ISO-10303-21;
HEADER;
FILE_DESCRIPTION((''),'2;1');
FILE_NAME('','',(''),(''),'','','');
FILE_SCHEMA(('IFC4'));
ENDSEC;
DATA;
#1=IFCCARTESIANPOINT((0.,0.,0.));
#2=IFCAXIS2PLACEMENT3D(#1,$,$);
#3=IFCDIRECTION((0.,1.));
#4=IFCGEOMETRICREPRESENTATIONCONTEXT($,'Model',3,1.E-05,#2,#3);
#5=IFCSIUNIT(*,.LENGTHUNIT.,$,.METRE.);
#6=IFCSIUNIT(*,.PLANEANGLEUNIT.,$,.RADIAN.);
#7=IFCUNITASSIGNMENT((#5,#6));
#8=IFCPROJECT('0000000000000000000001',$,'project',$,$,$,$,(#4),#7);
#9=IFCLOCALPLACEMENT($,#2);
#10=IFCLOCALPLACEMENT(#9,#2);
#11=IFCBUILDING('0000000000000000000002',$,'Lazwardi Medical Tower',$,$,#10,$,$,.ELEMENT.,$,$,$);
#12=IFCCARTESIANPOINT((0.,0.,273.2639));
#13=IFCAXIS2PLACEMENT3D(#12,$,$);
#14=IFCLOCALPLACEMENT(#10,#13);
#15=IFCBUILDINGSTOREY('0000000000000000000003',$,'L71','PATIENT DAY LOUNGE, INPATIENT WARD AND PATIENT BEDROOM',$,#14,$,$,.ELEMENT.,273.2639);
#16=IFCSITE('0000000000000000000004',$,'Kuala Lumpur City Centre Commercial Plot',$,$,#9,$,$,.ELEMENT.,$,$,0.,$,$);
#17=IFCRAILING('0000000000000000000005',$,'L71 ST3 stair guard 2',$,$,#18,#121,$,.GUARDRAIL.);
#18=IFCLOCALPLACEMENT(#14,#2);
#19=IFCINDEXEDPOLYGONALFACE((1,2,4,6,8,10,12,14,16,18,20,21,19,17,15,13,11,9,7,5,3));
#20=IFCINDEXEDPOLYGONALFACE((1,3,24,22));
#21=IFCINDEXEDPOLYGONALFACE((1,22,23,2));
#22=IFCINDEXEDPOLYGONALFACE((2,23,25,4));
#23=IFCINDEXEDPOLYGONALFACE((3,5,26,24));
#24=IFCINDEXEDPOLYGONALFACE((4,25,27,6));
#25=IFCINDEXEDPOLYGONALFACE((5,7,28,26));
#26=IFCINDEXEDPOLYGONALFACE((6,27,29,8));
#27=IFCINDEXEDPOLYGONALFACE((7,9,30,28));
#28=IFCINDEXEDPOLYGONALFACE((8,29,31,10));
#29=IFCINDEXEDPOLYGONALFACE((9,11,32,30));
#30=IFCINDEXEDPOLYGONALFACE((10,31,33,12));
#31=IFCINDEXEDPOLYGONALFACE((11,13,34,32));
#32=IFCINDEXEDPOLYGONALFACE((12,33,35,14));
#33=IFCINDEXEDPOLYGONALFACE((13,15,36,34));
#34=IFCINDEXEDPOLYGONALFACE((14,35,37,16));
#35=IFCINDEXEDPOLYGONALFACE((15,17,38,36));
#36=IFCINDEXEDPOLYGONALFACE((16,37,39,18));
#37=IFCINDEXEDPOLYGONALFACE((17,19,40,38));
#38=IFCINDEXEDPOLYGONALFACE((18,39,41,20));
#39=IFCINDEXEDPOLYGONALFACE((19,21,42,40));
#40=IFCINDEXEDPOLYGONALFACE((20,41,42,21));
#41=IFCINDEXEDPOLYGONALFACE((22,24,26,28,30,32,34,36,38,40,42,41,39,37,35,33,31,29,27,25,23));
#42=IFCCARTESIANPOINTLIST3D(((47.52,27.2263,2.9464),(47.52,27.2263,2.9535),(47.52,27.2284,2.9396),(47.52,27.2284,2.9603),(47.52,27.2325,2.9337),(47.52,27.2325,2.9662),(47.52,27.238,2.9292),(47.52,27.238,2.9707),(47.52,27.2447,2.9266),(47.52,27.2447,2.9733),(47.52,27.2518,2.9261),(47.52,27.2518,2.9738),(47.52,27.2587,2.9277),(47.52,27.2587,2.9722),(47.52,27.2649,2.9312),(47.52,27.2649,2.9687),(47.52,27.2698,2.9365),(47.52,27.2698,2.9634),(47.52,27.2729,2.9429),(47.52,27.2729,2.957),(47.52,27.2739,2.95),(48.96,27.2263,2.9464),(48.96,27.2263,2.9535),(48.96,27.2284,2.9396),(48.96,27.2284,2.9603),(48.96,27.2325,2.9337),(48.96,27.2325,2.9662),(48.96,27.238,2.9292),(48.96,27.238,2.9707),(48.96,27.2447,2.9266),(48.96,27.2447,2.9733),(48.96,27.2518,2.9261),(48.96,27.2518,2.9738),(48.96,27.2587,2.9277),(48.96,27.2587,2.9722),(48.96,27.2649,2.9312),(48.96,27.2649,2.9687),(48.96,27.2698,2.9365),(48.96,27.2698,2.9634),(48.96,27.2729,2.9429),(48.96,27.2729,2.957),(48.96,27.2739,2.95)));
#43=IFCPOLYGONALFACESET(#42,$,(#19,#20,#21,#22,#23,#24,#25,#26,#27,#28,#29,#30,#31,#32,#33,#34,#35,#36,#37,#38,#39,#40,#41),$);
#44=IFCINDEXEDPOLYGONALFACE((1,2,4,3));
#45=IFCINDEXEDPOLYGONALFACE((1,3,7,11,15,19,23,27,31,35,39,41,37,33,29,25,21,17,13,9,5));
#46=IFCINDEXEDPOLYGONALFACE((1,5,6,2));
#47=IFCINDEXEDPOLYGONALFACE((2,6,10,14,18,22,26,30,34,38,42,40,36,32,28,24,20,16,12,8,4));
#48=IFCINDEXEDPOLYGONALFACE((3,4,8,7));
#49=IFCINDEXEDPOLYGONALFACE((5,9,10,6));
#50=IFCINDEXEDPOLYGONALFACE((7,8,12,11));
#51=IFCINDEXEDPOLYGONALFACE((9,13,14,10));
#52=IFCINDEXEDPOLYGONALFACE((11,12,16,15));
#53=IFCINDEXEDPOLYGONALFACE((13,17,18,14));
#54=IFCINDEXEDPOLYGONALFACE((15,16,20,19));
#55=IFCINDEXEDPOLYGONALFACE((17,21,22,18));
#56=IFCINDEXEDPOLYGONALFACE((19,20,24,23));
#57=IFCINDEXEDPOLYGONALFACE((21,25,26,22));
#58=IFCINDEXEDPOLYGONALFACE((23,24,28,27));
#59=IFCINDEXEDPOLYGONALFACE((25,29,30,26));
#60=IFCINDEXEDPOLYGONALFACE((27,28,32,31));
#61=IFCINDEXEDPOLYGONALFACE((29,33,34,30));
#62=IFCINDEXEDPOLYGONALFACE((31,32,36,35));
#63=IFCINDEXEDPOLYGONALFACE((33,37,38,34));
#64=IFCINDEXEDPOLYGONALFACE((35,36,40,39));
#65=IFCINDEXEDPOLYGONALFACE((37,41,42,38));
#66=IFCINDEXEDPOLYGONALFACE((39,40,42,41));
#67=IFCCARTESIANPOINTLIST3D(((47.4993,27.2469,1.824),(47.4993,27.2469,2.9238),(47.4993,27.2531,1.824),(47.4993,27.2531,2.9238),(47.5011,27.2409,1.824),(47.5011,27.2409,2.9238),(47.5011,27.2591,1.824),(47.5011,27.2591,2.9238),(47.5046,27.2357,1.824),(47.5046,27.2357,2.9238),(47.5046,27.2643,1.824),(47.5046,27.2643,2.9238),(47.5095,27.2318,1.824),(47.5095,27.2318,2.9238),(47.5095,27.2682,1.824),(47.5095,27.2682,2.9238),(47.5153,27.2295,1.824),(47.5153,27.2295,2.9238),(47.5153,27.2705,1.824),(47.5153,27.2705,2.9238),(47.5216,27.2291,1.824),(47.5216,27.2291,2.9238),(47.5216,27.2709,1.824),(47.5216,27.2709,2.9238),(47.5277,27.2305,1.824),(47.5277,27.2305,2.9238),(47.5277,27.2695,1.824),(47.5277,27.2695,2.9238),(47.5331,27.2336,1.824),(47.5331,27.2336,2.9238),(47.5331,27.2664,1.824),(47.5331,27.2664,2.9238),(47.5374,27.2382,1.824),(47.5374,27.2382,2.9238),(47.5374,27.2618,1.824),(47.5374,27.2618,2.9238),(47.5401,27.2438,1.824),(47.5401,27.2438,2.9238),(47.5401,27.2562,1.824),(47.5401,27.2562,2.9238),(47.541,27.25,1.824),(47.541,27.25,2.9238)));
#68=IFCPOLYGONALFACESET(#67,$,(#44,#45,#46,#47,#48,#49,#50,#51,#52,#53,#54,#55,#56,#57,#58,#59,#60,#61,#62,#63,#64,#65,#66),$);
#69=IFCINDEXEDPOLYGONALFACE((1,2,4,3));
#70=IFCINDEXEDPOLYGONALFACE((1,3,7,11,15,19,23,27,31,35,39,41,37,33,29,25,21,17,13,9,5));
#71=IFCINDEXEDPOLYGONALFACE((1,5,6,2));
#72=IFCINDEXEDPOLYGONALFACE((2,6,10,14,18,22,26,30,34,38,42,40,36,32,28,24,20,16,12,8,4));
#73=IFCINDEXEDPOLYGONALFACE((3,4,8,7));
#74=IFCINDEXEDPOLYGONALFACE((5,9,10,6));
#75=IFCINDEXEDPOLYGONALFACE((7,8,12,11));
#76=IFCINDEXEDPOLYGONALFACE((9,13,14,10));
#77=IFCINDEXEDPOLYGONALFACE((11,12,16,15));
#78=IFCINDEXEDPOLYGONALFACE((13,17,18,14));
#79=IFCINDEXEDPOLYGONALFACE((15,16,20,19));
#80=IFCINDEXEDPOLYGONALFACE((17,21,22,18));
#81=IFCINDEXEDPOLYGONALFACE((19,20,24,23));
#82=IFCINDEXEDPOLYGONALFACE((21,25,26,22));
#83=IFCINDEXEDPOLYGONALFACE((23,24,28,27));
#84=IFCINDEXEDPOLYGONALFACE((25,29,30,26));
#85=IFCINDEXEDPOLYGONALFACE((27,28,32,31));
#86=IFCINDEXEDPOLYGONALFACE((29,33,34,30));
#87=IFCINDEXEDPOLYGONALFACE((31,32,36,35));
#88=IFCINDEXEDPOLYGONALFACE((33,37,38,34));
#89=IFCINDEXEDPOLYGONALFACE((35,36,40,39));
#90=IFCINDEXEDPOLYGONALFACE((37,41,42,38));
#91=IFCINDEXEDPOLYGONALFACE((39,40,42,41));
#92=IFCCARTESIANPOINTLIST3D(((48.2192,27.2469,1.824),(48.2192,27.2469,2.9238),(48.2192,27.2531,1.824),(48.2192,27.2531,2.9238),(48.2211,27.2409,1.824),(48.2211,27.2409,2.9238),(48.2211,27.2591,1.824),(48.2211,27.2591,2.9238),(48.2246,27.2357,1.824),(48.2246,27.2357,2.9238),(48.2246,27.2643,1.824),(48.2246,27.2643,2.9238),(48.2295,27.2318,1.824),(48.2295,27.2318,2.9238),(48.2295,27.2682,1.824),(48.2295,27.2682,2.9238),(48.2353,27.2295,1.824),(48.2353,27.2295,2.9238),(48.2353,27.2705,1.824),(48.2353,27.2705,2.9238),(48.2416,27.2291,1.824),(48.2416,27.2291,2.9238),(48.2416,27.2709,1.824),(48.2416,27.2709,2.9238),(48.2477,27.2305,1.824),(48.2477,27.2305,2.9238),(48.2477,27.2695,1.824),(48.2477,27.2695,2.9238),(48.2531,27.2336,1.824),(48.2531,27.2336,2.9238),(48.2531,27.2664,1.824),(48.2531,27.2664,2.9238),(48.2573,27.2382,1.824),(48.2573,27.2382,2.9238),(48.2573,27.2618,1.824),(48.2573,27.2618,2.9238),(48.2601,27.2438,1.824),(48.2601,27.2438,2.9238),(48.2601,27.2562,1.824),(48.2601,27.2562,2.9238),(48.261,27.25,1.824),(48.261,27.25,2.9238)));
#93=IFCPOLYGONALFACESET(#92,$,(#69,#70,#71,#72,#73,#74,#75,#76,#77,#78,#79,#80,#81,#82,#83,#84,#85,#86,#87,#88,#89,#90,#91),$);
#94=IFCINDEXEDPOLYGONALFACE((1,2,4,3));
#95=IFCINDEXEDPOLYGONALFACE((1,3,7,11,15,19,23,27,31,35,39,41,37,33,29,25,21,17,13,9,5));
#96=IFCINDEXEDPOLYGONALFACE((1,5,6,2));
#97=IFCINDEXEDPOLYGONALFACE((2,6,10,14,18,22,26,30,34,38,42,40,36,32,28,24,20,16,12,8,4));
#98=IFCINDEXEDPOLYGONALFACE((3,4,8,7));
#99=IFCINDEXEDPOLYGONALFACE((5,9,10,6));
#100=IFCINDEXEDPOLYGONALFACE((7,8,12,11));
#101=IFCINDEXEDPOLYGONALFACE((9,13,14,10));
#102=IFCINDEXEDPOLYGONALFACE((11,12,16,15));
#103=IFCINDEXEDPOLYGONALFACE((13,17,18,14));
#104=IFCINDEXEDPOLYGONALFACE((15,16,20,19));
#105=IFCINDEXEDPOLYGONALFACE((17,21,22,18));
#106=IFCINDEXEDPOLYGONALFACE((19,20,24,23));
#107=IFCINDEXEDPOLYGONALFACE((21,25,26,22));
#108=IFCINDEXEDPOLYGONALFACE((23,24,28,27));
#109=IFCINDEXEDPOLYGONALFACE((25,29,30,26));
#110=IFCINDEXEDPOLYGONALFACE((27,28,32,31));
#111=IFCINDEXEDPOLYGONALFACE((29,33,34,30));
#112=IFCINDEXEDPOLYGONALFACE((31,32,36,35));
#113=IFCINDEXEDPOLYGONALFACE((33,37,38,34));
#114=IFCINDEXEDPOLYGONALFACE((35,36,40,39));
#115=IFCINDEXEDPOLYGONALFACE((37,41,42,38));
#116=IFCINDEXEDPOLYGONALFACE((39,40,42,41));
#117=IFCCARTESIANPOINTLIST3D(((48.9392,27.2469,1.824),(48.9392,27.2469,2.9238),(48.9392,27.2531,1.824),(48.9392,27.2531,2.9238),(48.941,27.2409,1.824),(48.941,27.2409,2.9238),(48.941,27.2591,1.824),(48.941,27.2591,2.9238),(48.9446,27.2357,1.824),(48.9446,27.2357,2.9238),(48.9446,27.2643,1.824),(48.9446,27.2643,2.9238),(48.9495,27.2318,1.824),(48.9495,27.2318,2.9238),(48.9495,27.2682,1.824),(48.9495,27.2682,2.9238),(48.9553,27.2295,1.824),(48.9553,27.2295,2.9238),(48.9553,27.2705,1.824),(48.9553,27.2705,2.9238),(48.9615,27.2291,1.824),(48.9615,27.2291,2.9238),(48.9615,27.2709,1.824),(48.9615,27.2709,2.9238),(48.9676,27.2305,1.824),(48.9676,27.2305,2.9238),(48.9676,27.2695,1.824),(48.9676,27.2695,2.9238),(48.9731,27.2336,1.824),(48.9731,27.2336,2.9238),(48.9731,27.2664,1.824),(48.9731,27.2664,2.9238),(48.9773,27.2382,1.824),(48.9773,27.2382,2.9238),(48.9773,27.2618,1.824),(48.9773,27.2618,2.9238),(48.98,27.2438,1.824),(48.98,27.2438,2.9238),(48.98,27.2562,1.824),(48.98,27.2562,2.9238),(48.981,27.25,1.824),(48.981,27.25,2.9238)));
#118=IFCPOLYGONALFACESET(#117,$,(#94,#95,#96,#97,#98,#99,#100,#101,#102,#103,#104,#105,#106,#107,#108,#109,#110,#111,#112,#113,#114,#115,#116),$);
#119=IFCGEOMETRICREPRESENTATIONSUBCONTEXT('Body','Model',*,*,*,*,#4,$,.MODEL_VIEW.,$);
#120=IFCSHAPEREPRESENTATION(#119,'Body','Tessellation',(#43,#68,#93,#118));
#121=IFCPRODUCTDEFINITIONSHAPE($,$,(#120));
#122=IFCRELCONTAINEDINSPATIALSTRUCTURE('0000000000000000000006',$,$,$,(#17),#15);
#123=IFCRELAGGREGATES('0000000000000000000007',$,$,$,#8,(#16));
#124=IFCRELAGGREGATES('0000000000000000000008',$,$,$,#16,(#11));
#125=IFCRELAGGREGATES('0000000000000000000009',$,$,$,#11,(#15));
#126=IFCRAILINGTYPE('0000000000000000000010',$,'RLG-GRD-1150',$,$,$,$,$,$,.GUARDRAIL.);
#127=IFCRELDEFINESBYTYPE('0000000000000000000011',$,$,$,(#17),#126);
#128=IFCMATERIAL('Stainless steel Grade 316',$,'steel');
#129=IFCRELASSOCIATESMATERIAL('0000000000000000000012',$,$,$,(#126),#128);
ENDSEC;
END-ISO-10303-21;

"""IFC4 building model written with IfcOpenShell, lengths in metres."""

from ifc_helpers import new_model, si_unit, direction, frame, origin, origin_2d, place, context, subcontext, project, spatial, circle, extrude, material, type_object, element, save


model = new_model("IFC4")

# Units and contexts
model_context = context("Model", 3, precision=1e-05, world=origin(), true_north=direction((0.0, 1.0)))
body_context = subcontext(model_context, "Body", "Model", "MODEL_VIEW")
ifc_project = project(units=[si_unit("LENGTHUNIT", "METRE"), si_unit("PLANEANGLEUNIT", "RADIAN")], contexts=[model_context])

# Site, building, storey
site_placement = place(None, origin())
site = spatial("IfcSite", under=ifc_project, at=site_placement, Name="Kuala Lumpur City Centre Commercial Plot", CompositionType="ELEMENT", RefElevation=0.0)
building_placement = place(site_placement, origin())
building = spatial("IfcBuilding", under=site, at=building_placement, Name="Lazwardi Medical Tower", CompositionType="ELEMENT")
storey_placement = place(building_placement, frame((0.0, 0.0, 273.2639)))
storey = spatial("IfcBuildingStorey", under=building, at=storey_placement, Name="L71", Description="PATIENT DAY LOUNGE, INPATIENT WARD AND PATIENT BEDROOM", CompositionType="ELEMENT", Elevation=273.2639)

# Railing
ifc_material_1 = material(Name="Stainless steel Grade 316", Category="steel")
railing_type_1 = type_object("IfcRailingType", Name="RLG-GRD-1150", PredefinedType="GUARDRAIL", material=ifc_material_1)
railing_1_placement = place(storey_placement, frame((47.52, 27.25, 1.824)))
element("IfcRailing", 1, at=railing_1_placement, inside=storey, type_object=railing_type_1, Name="L71 ST3 stair guard 2", PredefinedType="GUARDRAIL", context=body_context, shape_type="SweptSolid", body=[
    extrude(circle(Radius=0.0239, at=origin_2d()), frame((0.0, 0.0, 1.126), z_axis=(1.0, 0.0, 0.0), x_axis=(0.0, 1.0, 0.0)), (0.0, 0.0, 1.0), 1.4399),
    extrude(circle(Radius=0.021, at=origin_2d()), origin(), (0.0, 0.0, 1.0), 1.0999),
    extrude(circle(Radius=0.021, at=origin_2d()), frame((0.72, 0.0, 0.0)), (0.0, 0.0, 1.0), 1.0999),
    extrude(circle(Radius=0.021, at=origin_2d()), frame((1.4399, 0.0, 0.0)), (0.0, 0.0, 1.0), 1.0999),
])

save(model, "model.ifc")
